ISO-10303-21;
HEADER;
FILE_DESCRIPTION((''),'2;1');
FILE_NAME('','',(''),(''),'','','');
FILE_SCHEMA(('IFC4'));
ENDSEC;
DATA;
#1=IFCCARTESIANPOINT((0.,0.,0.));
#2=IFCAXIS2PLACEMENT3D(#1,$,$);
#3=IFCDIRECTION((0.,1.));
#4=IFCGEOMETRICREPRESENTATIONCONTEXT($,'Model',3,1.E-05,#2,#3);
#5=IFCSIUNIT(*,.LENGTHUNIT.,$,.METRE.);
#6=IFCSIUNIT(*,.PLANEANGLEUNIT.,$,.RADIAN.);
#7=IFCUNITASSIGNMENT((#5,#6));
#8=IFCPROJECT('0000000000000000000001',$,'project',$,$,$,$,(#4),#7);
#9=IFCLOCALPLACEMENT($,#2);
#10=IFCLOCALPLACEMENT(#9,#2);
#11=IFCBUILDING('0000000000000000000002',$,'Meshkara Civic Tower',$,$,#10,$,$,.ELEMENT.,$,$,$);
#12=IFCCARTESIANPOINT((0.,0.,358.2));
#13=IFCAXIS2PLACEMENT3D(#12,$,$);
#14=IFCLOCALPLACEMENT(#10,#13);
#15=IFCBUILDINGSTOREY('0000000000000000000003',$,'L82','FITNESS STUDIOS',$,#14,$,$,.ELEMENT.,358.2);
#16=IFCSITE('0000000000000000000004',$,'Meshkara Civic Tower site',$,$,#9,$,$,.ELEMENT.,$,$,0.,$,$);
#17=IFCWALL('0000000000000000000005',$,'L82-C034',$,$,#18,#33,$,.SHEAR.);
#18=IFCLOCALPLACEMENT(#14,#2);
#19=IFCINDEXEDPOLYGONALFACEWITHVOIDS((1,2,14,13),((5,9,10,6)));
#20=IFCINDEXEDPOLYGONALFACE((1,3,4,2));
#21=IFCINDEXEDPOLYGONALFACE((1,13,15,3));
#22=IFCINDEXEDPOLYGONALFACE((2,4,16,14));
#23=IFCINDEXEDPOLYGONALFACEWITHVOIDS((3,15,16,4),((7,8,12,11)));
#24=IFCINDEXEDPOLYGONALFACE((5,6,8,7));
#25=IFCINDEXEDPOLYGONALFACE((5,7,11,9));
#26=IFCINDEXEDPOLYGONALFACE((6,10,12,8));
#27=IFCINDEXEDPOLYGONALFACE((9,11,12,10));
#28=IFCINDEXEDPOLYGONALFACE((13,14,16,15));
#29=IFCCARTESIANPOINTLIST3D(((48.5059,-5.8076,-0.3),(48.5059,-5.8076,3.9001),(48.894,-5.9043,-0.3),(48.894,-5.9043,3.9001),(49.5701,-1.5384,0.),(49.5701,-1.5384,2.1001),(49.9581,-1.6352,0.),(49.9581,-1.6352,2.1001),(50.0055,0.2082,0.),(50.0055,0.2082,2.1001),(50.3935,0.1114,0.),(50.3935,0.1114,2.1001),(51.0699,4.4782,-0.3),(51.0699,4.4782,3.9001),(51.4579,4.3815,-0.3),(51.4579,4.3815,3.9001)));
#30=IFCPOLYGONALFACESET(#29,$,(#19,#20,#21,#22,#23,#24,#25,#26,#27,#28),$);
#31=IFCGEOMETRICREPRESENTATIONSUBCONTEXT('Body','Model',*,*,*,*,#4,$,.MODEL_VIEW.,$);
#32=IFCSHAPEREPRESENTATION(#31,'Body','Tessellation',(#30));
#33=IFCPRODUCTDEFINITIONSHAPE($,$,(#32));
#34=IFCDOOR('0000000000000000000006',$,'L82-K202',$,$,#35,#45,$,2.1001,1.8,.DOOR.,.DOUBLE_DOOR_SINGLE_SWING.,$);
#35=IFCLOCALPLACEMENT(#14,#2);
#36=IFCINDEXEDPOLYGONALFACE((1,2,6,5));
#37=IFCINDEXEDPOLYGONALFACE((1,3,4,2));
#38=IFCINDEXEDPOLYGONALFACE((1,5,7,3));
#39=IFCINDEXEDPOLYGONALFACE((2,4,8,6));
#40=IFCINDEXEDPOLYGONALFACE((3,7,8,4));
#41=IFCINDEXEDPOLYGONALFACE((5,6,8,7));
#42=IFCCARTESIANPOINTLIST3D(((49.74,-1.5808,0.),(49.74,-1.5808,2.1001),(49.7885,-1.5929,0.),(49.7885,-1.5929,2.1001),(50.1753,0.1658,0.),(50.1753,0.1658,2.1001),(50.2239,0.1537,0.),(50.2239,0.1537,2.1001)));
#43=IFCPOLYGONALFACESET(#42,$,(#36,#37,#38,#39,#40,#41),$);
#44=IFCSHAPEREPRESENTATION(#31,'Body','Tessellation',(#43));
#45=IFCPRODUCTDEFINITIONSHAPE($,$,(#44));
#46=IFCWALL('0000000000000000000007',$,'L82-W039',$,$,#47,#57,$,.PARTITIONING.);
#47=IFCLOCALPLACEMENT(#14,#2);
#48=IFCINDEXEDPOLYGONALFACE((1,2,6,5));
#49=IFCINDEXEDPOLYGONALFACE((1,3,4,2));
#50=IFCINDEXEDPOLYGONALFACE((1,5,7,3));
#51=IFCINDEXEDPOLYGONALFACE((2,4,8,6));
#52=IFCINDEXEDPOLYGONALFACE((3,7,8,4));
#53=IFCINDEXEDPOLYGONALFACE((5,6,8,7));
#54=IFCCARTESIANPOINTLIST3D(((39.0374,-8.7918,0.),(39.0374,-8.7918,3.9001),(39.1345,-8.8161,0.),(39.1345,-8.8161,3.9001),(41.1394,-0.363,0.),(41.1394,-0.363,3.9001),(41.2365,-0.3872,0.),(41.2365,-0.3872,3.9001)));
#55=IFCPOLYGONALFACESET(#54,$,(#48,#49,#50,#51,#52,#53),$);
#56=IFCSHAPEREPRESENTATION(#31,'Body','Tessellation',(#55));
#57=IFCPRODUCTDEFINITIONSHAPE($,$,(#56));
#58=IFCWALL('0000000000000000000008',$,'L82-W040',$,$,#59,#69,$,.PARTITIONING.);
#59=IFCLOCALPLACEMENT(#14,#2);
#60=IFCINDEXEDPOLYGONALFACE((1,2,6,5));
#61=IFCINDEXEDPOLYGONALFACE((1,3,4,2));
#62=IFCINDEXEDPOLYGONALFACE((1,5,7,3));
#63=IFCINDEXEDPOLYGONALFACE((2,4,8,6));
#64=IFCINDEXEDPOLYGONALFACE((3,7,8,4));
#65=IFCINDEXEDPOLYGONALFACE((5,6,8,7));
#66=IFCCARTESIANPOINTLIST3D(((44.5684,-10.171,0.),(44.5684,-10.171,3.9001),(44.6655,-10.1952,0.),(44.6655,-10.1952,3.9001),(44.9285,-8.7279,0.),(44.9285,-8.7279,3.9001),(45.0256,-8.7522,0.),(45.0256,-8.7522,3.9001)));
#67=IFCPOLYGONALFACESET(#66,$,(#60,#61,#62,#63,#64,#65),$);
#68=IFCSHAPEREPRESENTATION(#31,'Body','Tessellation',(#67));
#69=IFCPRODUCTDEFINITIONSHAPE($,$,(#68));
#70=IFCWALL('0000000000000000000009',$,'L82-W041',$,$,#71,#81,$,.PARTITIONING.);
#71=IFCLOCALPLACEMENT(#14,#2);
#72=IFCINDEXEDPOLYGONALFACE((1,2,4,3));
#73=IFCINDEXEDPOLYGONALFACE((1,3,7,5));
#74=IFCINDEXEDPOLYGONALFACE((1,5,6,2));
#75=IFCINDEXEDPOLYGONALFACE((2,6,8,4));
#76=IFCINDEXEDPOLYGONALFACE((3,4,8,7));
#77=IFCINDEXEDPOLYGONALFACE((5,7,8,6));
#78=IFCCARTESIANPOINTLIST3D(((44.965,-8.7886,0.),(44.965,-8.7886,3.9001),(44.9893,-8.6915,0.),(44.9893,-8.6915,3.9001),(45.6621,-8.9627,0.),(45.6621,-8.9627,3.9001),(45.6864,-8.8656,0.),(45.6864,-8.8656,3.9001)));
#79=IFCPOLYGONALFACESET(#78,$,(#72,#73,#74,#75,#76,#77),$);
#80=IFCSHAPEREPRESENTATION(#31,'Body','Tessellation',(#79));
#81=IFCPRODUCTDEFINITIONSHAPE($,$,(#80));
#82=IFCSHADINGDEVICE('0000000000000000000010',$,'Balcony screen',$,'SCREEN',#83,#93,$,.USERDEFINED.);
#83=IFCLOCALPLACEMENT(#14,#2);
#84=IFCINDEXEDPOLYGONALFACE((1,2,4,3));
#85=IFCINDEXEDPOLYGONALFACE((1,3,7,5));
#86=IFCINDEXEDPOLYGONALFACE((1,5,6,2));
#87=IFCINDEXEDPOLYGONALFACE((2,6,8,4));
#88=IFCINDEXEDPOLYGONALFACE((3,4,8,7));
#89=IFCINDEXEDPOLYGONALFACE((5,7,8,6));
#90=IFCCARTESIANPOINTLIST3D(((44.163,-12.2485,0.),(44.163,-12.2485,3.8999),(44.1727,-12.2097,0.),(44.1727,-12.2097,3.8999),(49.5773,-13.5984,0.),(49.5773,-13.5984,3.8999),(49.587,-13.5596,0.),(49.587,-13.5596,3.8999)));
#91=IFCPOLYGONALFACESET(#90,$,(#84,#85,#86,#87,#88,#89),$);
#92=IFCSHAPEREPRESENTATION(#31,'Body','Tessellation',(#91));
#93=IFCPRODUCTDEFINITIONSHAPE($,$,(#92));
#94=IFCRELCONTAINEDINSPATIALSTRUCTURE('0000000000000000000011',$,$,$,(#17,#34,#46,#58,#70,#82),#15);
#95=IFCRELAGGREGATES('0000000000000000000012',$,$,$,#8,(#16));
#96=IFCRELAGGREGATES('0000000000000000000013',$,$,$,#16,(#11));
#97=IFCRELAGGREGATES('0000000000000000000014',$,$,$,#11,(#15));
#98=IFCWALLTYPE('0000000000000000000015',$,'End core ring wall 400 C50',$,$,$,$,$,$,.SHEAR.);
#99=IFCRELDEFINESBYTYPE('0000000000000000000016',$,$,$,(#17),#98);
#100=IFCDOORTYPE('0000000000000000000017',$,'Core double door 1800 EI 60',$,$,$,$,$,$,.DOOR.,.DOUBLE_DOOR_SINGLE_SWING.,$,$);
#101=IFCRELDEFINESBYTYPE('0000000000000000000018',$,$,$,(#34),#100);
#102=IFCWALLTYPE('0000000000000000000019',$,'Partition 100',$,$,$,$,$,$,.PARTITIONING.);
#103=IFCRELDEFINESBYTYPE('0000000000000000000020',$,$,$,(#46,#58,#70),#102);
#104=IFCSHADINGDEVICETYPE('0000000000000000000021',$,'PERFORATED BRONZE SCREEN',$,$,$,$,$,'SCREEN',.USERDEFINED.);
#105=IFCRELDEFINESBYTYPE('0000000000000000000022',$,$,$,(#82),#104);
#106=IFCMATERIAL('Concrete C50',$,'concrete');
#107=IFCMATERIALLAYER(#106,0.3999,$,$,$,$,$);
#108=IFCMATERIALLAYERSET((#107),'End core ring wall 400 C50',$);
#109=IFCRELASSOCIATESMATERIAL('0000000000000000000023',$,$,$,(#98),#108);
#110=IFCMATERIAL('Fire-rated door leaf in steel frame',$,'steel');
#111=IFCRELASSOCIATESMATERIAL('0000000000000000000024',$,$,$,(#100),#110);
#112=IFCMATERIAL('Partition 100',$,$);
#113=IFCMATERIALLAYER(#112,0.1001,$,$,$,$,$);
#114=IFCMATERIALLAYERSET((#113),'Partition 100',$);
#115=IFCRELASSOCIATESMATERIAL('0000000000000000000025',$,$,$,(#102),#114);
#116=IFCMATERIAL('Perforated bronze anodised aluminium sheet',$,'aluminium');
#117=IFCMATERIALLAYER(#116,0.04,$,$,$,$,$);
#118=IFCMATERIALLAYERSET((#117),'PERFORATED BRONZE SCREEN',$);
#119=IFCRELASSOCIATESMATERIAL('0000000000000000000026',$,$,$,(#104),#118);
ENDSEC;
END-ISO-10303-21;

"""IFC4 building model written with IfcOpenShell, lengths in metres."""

from ifc_helpers import new_model, si_unit, direction, frame, frame_2d, origin, origin_2d, place, context, subcontext, project, spatial, rectangle, extrude, material, layer, layer_set, type_object, element, fill, save


model = new_model("IFC4")

# Units and contexts
model_context = context("Model", 3, precision=1e-05, world=origin(), true_north=direction((0.0, 1.0)))
body_context = subcontext(model_context, "Body", "Model", "MODEL_VIEW")
ifc_project = project(units=[si_unit("LENGTHUNIT", "METRE"), si_unit("PLANEANGLEUNIT", "RADIAN")], contexts=[model_context])

# Site, building, storey
site_placement = place(None, origin())
site = spatial("IfcSite", under=ifc_project, at=site_placement, Name="Meshkara Civic Tower site", CompositionType="ELEMENT", RefElevation=0.0)
building_placement = place(site_placement, origin())
building = spatial("IfcBuilding", under=site, at=building_placement, Name="Meshkara Civic Tower", CompositionType="ELEMENT")
storey_placement = place(building_placement, frame((0.0, 0.0, 358.2)))
storey = spatial("IfcBuildingStorey", under=building, at=storey_placement, Name="L82", Description="FITNESS STUDIOS", CompositionType="ELEMENT", Elevation=358.2)

# Shared definitions
ifc_material_1 = material(Name="Concrete C50", Category="concrete")
ifc_layer_1 = layer(ifc_material_1, 0.3999)
ifc_layer_set_1 = layer_set([ifc_layer_1], Name="End core ring wall 400 C50")
wall_type_1 = type_object("IfcWallType", Name="End core ring wall 400 C50", PredefinedType="SHEAR", material=ifc_layer_set_1)

# Wall, opening, door
wall_1_placement = place(storey_placement, frame((48.7, -5.856, -0.3), z_axis=(0.0, 0.0, 1.0), x_axis=(0.241869, 0.970309, 0.0)))
wall_1 = element("IfcWall", 1, at=wall_1_placement, inside=storey, type_object=wall_type_1, Name="L82-C034", PredefinedType="SHEAR", context=body_context, shape_type="SweptSolid", body=[
    extrude(rectangle(XDim=10.6006, YDim=0.3999, at=frame_2d((5.3003, 0.0))), origin(), (0.0, 0.0, 1.0), 4.2002),
])
opening_1_placement = place(wall_1_placement, frame((4.3999, 0.0, 0.3)))
opening_1 = element("IfcOpeningElement", 2, at=opening_1_placement, cuts=wall_1, PredefinedType="OPENING", context=body_context, shape_type="SweptSolid", body=[
    extrude(rectangle(XDim=1.8, YDim=2.1001, at=frame_2d((0.8999, 1.05))), frame((0.0, 0.21, 0.0), z_axis=(0.0, -1.0, 0.0), x_axis=(1.0, 0.0, 0.0)), (0.0, 0.0, 1.0), 0.4199),
])
ifc_material_2 = material(Name="Fire-rated door leaf in steel frame", Category="steel")
door_type_1 = type_object("IfcDoorType", Name="Core double door 1800 EI 60", OperationType="DOUBLE_DOOR_SINGLE_SWING", PredefinedType="DOOR", material=ifc_material_2)
door_1_placement = place(opening_1_placement, origin())
door_1 = element("IfcDoor", 3, at=door_1_placement, inside=storey, type_object=door_type_1, Name="L82-K202", OperationType="DOUBLE_DOOR_SINGLE_SWING", OverallHeight=2.1001, OverallWidth=1.8, PredefinedType="DOOR", context=body_context, shape_type="SweptSolid", body=[
    extrude(rectangle(XDim=1.8, YDim=2.1001, at=frame_2d((0.8999, 1.05))), frame((0.0, 0.0249, 0.0), z_axis=(0.0, -1.0, 0.0), x_axis=(1.0, 0.0, 0.0)), (0.0, 0.0, 1.0), 0.05),
])
fill(opening_1, door_1)

# Walls
ifc_material_3 = material(Name="Partition 100")
ifc_layer_2 = layer(ifc_material_3, 0.1001)
ifc_layer_set_2 = layer_set([ifc_layer_2], Name="Partition 100")
wall_type_2 = type_object("IfcWallType", Name="Partition 100", PredefinedType="PARTITIONING", material=ifc_layer_set_2)
wall_2_placement = place(storey_placement, frame((39.0859, -8.804, 0.0), z_axis=(0.0, 0.0, 1.0), x_axis=(0.241974, 0.970283, 0.0)))
element("IfcWall", 4, at=wall_2_placement, inside=storey, type_object=wall_type_2, Name="L82-W039", PredefinedType="PARTITIONING", context=body_context, shape_type="SweptSolid", body=[
    extrude(rectangle(XDim=8.687, YDim=0.1001, at=frame_2d((4.3435, 0.0))), origin(), (0.0, 0.0, 1.0), 3.9001),
])
wall_3_placement = place(storey_placement, frame((44.6169, -10.1831, 0.0), z_axis=(0.0, 0.0, 1.0), x_axis=(0.242111, 0.970249, 0.0)))
element("IfcWall", 5, at=wall_3_placement, inside=storey, type_object=wall_type_2, Name="L82-W040", PredefinedType="PARTITIONING", context=body_context, shape_type="SweptSolid", body=[
    extrude(rectangle(XDim=1.4873, YDim=0.1001, at=frame_2d((0.7437, 0.0))), origin(), (0.0, 0.0, 1.0), 3.9001),
])
wall_4_placement = place(storey_placement, frame((44.9771, -8.74, 0.0), z_axis=(0.0, 0.0, 1.0), x_axis=(0.970202, -0.242296, 0.0)))
element("IfcWall", 6, at=wall_4_placement, inside=storey, type_object=wall_type_2, Name="L82-W041", PredefinedType="PARTITIONING", context=body_context, shape_type="SweptSolid", body=[
    extrude(rectangle(XDim=0.7185, YDim=0.1001, at=frame_2d((0.3594, 0.0))), origin(), (0.0, 0.0, 1.0), 3.9001),
])

# Shading device
ifc_material_4 = material(Name="Perforated bronze anodised aluminium sheet", Category="aluminium")
ifc_layer_3 = layer(ifc_material_4, 0.04)
ifc_layer_set_3 = layer_set([ifc_layer_3], Name="PERFORATED BRONZE SCREEN")
shading_device_type = type_object("IfcShadingDeviceType", Name="PERFORATED BRONZE SCREEN", ElementType="SCREEN", PredefinedType="USERDEFINED", material=ifc_layer_set_3)
shading_device_placement = place(storey_placement, frame((46.875, -12.9041, 0.0), z_axis=(0.0, 0.0, 1.0), x_axis=(0.970296, -0.241922, 0.0)))
element("IfcShadingDevice", 7, at=shading_device_placement, inside=storey, type_object=shading_device_type, Name="Balcony screen", ObjectType="SCREEN", PredefinedType="USERDEFINED", context=body_context, shape_type="SweptSolid", body=[
    extrude(rectangle(XDim=5.5801, YDim=0.04, at=origin_2d()), origin(), (0.0, 0.0, 1.0), 3.8999),
])

save(model, "model.ifc")
